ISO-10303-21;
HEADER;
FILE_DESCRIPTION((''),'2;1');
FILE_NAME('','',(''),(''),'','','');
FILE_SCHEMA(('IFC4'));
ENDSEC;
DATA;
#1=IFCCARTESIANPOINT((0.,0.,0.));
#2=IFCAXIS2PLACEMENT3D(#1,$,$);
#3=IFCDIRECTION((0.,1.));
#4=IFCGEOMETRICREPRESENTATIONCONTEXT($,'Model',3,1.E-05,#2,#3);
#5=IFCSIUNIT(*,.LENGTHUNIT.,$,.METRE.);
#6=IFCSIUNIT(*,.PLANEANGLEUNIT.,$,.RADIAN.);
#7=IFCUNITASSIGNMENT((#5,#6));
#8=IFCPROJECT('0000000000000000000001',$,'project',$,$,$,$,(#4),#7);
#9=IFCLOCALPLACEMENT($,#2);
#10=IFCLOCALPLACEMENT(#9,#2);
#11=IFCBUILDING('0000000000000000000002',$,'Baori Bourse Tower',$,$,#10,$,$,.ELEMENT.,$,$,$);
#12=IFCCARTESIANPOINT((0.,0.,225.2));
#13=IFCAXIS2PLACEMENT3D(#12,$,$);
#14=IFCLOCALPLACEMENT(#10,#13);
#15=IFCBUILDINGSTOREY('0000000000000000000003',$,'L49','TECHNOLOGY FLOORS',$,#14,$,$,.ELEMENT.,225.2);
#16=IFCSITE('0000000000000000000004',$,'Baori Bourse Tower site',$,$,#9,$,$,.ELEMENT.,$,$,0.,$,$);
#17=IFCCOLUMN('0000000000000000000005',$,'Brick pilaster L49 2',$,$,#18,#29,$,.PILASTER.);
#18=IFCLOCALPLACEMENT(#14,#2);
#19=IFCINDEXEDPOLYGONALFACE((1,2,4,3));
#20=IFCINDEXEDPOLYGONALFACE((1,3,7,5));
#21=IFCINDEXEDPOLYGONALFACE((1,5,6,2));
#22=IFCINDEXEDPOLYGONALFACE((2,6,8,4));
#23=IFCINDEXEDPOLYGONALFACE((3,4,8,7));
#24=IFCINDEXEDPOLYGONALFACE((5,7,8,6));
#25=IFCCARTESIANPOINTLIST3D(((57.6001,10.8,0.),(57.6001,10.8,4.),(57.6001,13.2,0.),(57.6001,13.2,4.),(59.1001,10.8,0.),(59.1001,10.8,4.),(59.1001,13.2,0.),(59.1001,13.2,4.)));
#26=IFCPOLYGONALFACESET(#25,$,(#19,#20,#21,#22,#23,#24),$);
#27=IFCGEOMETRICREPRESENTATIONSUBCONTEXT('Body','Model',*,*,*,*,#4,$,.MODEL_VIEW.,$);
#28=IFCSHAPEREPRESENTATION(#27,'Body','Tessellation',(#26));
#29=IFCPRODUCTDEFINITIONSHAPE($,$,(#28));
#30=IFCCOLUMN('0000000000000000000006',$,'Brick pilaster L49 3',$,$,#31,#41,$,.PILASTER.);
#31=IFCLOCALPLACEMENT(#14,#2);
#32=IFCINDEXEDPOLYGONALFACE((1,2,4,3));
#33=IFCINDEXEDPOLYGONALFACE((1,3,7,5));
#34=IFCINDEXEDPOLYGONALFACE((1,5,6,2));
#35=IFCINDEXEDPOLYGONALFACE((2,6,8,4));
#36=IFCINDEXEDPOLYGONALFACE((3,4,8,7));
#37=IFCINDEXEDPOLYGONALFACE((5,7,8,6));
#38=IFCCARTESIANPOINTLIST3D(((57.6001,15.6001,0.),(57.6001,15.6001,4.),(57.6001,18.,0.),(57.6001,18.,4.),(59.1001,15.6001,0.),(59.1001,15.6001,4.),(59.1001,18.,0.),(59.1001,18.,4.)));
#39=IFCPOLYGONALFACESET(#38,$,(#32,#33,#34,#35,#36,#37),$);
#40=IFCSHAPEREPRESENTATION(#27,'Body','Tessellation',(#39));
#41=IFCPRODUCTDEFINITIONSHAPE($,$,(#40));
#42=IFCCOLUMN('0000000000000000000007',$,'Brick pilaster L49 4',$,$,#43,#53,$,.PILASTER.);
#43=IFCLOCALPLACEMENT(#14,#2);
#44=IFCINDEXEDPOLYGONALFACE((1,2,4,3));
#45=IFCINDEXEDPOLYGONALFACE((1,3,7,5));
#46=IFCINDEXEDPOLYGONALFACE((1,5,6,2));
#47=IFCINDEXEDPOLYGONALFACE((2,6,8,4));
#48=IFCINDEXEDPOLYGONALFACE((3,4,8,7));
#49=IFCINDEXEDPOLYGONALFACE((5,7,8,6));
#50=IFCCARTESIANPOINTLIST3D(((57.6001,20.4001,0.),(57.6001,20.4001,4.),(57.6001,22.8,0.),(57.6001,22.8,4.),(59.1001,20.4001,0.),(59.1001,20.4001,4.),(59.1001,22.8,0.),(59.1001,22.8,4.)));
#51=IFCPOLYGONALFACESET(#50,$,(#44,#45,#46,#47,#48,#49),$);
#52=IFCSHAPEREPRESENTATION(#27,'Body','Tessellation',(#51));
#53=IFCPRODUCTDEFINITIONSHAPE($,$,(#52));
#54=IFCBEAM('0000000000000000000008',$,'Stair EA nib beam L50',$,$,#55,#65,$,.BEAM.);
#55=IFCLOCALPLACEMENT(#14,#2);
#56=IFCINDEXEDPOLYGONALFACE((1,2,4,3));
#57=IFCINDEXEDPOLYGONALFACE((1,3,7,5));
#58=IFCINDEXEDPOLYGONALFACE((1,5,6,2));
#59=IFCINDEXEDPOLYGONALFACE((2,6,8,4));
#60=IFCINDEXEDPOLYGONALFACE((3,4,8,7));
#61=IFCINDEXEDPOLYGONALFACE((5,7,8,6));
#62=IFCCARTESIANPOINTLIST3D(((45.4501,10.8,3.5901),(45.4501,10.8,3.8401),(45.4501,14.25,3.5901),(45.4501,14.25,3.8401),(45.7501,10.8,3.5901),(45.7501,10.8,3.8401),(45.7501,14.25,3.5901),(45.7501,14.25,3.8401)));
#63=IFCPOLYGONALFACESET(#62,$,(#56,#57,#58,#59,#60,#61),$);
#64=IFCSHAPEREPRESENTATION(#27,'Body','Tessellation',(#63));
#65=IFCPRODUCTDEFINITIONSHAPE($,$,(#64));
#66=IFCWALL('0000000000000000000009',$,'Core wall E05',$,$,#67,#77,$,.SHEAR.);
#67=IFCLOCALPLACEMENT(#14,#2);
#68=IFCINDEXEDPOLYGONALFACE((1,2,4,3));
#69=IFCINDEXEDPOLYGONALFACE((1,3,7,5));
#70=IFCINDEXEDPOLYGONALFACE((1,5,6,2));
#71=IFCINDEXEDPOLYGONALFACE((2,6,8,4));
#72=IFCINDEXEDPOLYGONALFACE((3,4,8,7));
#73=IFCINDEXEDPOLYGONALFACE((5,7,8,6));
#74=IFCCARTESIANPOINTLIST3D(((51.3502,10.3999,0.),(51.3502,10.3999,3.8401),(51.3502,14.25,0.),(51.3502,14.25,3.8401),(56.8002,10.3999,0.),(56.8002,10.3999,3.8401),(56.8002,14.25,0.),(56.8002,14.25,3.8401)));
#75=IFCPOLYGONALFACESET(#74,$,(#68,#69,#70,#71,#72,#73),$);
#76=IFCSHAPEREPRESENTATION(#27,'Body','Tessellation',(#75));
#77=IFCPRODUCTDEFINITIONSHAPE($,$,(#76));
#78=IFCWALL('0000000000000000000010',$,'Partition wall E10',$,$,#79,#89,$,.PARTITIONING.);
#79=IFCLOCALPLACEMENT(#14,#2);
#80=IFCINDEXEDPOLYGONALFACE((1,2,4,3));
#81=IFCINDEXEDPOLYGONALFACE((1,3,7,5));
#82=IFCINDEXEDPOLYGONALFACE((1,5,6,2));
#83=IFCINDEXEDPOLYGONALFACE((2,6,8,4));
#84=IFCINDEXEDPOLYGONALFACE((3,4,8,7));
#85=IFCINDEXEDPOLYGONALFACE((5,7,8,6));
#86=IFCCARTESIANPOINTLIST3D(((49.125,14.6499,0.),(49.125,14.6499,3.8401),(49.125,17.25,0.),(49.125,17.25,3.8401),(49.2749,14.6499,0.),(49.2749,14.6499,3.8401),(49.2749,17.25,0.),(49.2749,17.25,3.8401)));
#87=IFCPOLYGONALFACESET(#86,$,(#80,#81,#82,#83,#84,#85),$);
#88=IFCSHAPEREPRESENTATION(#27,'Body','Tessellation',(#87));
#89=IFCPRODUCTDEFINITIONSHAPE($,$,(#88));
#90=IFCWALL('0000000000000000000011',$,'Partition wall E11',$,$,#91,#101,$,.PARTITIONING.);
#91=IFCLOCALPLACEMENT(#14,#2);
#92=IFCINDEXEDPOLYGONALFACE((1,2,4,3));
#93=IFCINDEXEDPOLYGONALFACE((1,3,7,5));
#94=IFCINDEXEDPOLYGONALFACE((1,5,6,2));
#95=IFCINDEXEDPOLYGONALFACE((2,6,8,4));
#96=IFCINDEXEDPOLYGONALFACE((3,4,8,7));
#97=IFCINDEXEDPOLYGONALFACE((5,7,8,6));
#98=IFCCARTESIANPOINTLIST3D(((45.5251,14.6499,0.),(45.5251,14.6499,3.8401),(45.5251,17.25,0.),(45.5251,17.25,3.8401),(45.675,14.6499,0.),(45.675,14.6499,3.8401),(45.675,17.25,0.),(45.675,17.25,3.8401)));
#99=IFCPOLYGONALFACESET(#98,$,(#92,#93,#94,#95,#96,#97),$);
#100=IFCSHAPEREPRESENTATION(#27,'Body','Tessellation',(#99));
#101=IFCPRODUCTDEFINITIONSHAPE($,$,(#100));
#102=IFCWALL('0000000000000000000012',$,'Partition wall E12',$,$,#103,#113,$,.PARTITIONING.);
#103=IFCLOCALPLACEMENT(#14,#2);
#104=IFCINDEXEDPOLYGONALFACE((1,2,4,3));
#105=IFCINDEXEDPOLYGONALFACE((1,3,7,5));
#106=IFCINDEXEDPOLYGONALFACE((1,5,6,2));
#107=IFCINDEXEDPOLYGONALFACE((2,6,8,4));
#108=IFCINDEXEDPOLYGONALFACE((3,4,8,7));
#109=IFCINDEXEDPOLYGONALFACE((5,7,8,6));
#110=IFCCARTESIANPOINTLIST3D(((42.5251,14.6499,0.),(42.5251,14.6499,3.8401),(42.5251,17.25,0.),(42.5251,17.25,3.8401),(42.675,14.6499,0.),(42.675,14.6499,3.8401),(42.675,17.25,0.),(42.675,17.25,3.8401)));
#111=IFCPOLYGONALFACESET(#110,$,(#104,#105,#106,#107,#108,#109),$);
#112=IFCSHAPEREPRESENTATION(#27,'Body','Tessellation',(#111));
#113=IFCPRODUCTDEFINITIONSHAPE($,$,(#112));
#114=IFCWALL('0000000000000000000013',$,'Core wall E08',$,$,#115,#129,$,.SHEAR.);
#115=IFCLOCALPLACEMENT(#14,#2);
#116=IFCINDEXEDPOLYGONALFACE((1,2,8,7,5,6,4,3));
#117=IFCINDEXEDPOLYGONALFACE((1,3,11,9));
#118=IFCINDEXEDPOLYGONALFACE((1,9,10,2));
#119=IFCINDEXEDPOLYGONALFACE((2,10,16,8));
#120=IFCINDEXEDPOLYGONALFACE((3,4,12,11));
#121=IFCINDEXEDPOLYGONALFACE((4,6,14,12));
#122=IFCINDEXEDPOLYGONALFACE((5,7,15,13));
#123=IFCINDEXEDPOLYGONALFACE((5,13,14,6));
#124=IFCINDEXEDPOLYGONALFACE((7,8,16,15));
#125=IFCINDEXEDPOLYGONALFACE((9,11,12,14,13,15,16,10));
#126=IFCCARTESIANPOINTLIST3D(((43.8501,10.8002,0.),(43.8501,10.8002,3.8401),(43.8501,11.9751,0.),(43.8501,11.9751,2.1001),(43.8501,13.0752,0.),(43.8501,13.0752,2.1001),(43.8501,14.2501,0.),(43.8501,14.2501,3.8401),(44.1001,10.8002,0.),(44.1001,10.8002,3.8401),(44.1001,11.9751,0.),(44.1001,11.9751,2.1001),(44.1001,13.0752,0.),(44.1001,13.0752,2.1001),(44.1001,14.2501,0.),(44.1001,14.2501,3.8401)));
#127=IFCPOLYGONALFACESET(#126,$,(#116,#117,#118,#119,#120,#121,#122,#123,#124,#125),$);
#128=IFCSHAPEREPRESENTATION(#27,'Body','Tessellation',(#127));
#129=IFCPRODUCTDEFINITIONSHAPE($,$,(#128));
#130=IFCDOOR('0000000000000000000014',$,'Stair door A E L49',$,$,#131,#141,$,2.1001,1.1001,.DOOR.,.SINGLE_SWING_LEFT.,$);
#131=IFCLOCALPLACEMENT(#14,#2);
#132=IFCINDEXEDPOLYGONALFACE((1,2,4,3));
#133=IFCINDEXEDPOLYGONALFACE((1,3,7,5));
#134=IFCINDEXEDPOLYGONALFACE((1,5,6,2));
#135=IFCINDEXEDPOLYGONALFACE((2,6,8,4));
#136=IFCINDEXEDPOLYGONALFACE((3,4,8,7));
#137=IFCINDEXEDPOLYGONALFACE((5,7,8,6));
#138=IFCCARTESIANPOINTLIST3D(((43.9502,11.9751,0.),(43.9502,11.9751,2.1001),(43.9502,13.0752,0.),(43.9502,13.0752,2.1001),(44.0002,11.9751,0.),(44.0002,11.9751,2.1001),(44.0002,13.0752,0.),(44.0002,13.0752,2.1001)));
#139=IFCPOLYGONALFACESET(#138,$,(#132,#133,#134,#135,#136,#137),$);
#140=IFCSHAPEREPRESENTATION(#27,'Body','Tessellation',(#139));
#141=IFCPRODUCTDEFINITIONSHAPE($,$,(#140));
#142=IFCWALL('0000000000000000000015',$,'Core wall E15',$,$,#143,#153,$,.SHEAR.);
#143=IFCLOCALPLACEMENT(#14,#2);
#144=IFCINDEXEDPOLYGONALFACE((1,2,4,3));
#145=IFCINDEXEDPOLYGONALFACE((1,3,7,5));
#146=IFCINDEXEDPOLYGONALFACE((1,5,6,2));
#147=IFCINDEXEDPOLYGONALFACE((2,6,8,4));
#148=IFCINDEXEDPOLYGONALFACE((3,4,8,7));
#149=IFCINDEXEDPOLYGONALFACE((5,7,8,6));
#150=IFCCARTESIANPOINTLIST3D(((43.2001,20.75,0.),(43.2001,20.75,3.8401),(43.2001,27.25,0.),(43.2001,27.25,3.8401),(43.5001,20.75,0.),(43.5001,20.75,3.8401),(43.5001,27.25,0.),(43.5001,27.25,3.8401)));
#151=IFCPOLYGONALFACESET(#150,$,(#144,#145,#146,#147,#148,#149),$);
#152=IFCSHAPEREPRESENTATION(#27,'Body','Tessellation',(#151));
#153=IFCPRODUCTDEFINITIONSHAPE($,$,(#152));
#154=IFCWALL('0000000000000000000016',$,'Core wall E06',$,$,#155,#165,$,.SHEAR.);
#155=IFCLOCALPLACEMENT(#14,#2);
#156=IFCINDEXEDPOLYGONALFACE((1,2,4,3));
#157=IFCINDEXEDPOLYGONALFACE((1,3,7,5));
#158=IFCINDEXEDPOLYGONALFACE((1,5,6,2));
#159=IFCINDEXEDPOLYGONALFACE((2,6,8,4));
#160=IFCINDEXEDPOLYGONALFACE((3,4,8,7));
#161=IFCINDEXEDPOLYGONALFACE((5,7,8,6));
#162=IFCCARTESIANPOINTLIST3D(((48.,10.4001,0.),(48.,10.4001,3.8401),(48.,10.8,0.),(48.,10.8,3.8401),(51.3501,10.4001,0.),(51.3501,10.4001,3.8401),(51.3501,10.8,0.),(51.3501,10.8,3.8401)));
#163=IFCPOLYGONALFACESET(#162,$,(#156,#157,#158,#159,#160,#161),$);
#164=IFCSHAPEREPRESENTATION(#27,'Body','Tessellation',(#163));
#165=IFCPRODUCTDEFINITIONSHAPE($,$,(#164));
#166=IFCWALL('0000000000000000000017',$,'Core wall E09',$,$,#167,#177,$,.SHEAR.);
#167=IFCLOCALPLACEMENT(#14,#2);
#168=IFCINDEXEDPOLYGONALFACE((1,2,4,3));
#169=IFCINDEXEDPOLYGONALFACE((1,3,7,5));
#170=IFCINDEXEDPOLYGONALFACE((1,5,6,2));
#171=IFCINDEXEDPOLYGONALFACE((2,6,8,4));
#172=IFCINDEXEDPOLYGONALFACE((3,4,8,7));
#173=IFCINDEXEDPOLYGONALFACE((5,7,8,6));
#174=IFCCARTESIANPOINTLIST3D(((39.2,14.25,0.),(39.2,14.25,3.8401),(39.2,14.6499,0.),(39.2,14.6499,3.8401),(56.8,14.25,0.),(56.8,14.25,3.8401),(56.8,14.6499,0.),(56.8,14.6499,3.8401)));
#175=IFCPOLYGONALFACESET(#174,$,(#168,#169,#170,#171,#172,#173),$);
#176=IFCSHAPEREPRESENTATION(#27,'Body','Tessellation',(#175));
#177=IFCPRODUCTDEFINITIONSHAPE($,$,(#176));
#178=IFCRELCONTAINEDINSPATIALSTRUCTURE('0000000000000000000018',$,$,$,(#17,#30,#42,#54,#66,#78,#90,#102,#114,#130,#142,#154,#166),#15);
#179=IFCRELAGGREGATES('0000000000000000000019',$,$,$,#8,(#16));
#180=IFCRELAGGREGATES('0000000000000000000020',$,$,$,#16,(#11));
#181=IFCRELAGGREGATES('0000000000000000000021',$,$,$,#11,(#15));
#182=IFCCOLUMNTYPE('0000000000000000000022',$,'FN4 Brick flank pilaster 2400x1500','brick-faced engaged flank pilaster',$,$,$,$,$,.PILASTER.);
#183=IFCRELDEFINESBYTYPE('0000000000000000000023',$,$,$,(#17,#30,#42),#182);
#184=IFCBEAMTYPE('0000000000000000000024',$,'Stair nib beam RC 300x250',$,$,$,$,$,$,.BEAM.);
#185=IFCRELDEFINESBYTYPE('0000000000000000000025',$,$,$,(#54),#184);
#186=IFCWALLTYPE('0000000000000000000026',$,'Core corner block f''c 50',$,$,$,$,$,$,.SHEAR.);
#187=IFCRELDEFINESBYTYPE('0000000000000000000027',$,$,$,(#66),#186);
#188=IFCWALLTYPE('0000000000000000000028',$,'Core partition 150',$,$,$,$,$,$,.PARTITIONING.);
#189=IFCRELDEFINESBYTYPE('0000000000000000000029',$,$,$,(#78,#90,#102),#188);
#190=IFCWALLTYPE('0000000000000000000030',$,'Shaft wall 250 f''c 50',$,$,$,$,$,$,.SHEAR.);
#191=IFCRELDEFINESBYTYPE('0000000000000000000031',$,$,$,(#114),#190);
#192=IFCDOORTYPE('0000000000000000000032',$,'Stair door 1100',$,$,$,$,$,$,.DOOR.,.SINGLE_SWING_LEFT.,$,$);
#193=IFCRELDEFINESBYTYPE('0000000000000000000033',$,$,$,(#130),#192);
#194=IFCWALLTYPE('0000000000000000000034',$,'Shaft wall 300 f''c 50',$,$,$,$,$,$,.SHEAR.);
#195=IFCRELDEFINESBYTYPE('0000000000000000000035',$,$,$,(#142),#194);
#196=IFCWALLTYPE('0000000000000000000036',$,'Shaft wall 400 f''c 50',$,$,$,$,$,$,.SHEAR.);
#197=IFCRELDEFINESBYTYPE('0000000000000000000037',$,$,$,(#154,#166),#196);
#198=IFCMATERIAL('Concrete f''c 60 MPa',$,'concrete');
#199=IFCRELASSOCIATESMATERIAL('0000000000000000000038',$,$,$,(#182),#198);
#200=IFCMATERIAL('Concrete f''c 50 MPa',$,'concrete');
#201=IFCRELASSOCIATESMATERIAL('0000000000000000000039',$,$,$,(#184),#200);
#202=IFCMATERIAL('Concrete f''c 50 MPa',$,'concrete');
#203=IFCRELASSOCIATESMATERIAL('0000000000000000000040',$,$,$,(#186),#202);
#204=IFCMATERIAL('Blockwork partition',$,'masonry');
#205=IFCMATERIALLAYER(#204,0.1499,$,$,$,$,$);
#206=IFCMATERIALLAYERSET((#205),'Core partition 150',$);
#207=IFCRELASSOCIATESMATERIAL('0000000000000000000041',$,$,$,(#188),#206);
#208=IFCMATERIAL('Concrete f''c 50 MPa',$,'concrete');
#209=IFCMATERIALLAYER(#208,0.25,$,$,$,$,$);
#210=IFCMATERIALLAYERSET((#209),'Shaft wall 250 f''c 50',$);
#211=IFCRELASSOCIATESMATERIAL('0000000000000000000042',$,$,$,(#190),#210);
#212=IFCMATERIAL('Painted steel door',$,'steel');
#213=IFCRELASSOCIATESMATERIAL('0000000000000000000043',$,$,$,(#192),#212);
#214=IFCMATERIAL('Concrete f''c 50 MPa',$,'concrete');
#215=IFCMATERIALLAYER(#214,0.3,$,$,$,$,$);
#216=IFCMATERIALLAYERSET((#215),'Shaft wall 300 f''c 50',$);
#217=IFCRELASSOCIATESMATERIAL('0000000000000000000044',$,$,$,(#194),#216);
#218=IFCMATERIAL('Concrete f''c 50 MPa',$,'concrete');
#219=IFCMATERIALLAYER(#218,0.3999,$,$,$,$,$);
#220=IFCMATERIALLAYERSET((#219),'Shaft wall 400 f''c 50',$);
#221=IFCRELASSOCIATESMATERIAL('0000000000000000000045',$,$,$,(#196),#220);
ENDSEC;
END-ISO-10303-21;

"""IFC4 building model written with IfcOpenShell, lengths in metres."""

from ifc_helpers import new_model, si_unit, direction, frame, frame_2d, origin, origin_2d, place, context, subcontext, project, spatial, rectangle, extrude, material, layer, layer_set, material_profile, profile_set, type_object, element, fill, save


model = new_model("IFC4")

# Units and contexts
model_context = context("Model", 3, precision=1e-05, world=origin(), true_north=direction((0.0, 1.0)))
body_context = subcontext(model_context, "Body", "Model", "MODEL_VIEW")
ifc_project = project(units=[si_unit("LENGTHUNIT", "METRE"), si_unit("PLANEANGLEUNIT", "RADIAN")], contexts=[model_context])

# Site, building, storey
site_placement = place(None, origin())
site = spatial("IfcSite", under=ifc_project, at=site_placement, Name="Baori Bourse Tower site", CompositionType="ELEMENT", RefElevation=0.0)
building_placement = place(site_placement, origin())
building = spatial("IfcBuilding", under=site, at=building_placement, Name="Baori Bourse Tower", CompositionType="ELEMENT")
storey_placement = place(building_placement, frame((0.0, 0.0, 225.2)))
storey = spatial("IfcBuildingStorey", under=building, at=storey_placement, Name="L49", Description="TECHNOLOGY FLOORS", CompositionType="ELEMENT", Elevation=225.2)

# Columns
ifc_material_1 = material(Name="Concrete f'c 60 MPa", Category="concrete")
ifc_material_profile_1 = material_profile(ifc_material_1, rectangle(XDim=2.3999, YDim=1.5, at=origin_2d()), Name="RC 2400x1500")
ifc_profile_set_1 = profile_set([ifc_material_profile_1], Name="Concrete f'c 60 MPa")
column_type = type_object("IfcColumnType", Name="FN4 Brick flank pilaster 2400x1500", Description="brick-faced engaged flank pilaster", PredefinedType="PILASTER", material=ifc_profile_set_1)
for number, where, z_axis, x_axis, name in (
    (1, (58.3501, 12.0, 0.0), (0.0, 0.0, 1.0), (0.0, 1.0, 0.0), "Brick pilaster L49 2"),
    (2, (58.3501, 16.8, 0.0), (0.0, 0.0, 1.0), (0.0, 1.0, 0.0), "Brick pilaster L49 3"),
    (3, (58.3501, 21.6001, 0.0), (0.0, 0.0, 1.0), (0.0, 1.0, 0.0), "Brick pilaster L49 4"),
):
    element("IfcColumn", number, at=place(storey_placement, frame(where, z_axis=z_axis, x_axis=x_axis)), inside=storey, type_object=column_type, Name=name, PredefinedType="PILASTER", context=body_context, shape_type="SweptSolid", body=[
        extrude(rectangle(XDim=2.3999, YDim=1.5, at=origin_2d()), origin(), (0.0, 0.0, 1.0), 4.0),
    ])

# Beam
ifc_material_2 = material(Name="Concrete f'c 50 MPa", Category="concrete")
ifc_material_profile_2 = material_profile(ifc_material_2, rectangle(XDim=0.3, YDim=0.25, at=origin_2d()), Name="RC 300x250")
ifc_profile_set_2 = profile_set([ifc_material_profile_2], Name="Concrete f'c 50 MPa")
beam_type = type_object("IfcBeamType", Name="Stair nib beam RC 300x250", PredefinedType="BEAM", material=ifc_profile_set_2)
beam_placement = place(storey_placement, frame((45.6001, 10.8, 3.7151), z_axis=(0.0, 1.0, 0.0), x_axis=(-1.0, 0.0, 0.0)))
element("IfcBeam", 4, at=beam_placement, inside=storey, type_object=beam_type, Name="Stair EA nib beam L50", PredefinedType="BEAM", context=body_context, shape_type="SweptSolid", body=[
    extrude(rectangle(XDim=0.3, YDim=0.25, at=origin_2d()), origin(), (0.0, 0.0, 1.0), 3.45),
])

# Walls
ifc_material_3 = material(Name="Concrete f'c 50 MPa", Category="concrete")
wall_type_1 = type_object("IfcWallType", Name="Core corner block f'c 50", PredefinedType="SHEAR", material=ifc_material_3)
wall_1_placement = place(storey_placement, frame((51.3501, 12.325, 0.0), z_axis=(0.0, 0.0, 1.0), x_axis=(1.0, 0.0, 0.0)))
element("IfcWall", 5, at=wall_1_placement, inside=storey, type_object=wall_type_1, Name="Core wall E05", PredefinedType="SHEAR", context=body_context, shape_type="SweptSolid", body=[
    extrude(rectangle(XDim=5.45, YDim=3.8501, at=frame_2d((2.7251, 0.0))), origin(), (0.0, 0.0, 1.0), 3.8401),
])
ifc_material_4 = material(Name="Blockwork partition", Category="masonry")
ifc_layer_1 = layer(ifc_material_4, 0.1499)
ifc_layer_set_1 = layer_set([ifc_layer_1], Name="Core partition 150")
wall_type_2 = type_object("IfcWallType", Name="Core partition 150", PredefinedType="PARTITIONING", material=ifc_layer_set_1)
for number, where, z_axis, x_axis, name in (
    (6, (49.2, 14.6499, 0.0), (0.0, 0.0, 1.0), (0.0, 1.0, 0.0), "Partition wall E10"),
    (7, (45.6001, 14.6499, 0.0), (0.0, 0.0, 1.0), (0.0, 1.0, 0.0), "Partition wall E11"),
    (8, (42.6001, 14.6499, 0.0), (0.0, 0.0, 1.0), (0.0, 1.0, 0.0), "Partition wall E12"),
):
    element("IfcWall", number, at=place(storey_placement, frame(where, z_axis=z_axis, x_axis=x_axis)), inside=storey, type_object=wall_type_2, Name=name, PredefinedType="PARTITIONING", context=body_context, shape_type="SweptSolid", body=[
        extrude(rectangle(XDim=2.6001, YDim=0.1499, at=frame_2d((1.3, 0.0))), origin(), (0.0, 0.0, 1.0), 3.8401),
    ])

# Wall, opening, door
ifc_material_5 = material(Name="Concrete f'c 50 MPa", Category="concrete")
ifc_layer_2 = layer(ifc_material_5, 0.25)
ifc_layer_set_2 = layer_set([ifc_layer_2], Name="Shaft wall 250 f'c 50")
wall_type_3 = type_object("IfcWallType", Name="Shaft wall 250 f'c 50", PredefinedType="SHEAR", material=ifc_layer_set_2)
wall_2_placement = place(storey_placement, frame((43.9751, 10.8, 0.0), z_axis=(0.0, 0.0, 1.0), x_axis=(0.0, 1.0, 0.0)))
wall_2 = element("IfcWall", 9, at=wall_2_placement, inside=storey, type_object=wall_type_3, Name="Core wall E08", PredefinedType="SHEAR", context=body_context, shape_type="SweptSolid", body=[
    extrude(rectangle(XDim=3.45, YDim=0.25, at=frame_2d((1.7251, 0.0))), origin(), (0.0, 0.0, 1.0), 3.8401),
])
opening_1_placement = place(wall_2_placement, frame((1.175, 0.0, 0.0)))
opening_1 = element("IfcOpeningElement", 10, at=opening_1_placement, cuts=wall_2, PredefinedType="OPENING", context=body_context, shape_type="SweptSolid", body=[
    extrude(rectangle(XDim=1.1001, YDim=2.1001, at=frame_2d((0.55, 1.05))), frame((0.0, 0.135, 0.0), z_axis=(0.0, -1.0, 0.0), x_axis=(1.0, 0.0, 0.0)), (0.0, 0.0, 1.0), 0.27),
])
ifc_material_6 = material(Name="Painted steel door", Category="steel")
door_type_1 = type_object("IfcDoorType", Name="Stair door 1100", OperationType="SINGLE_SWING_LEFT", PredefinedType="DOOR", material=ifc_material_6)
door_1_placement = place(opening_1_placement, origin())
door_1 = element("IfcDoor", 11, at=door_1_placement, inside=storey, type_object=door_type_1, Name="Stair door A E L49", OperationType="SINGLE_SWING_LEFT", OverallHeight=2.1001, OverallWidth=1.1001, PredefinedType="DOOR", context=body_context, shape_type="SweptSolid", body=[
    extrude(rectangle(XDim=1.1001, YDim=2.1001, at=frame_2d((0.55, 1.05))), frame((0.0, 0.0249, 0.0), z_axis=(0.0, -1.0, 0.0), x_axis=(1.0, 0.0, 0.0)), (0.0, 0.0, 1.0), 0.05),
])
fill(opening_1, door_1)

# Walls
ifc_material_7 = material(Name="Concrete f'c 50 MPa", Category="concrete")
ifc_layer_3 = layer(ifc_material_7, 0.3)
ifc_layer_set_3 = layer_set([ifc_layer_3], Name="Shaft wall 300 f'c 50")
wall_type_4 = type_object("IfcWallType", Name="Shaft wall 300 f'c 50", PredefinedType="SHEAR", material=ifc_layer_set_3)
wall_3_placement = place(storey_placement, frame((43.3501, 20.75, 0.0), z_axis=(0.0, 0.0, 1.0), x_axis=(0.0, 1.0, 0.0)))
element("IfcWall", 12, at=wall_3_placement, inside=storey, type_object=wall_type_4, Name="Core wall E15", PredefinedType="SHEAR", context=body_context, shape_type="SweptSolid", body=[
    extrude(rectangle(XDim=6.5, YDim=0.3, at=frame_2d((3.25, 0.0))), origin(), (0.0, 0.0, 1.0), 3.8401),
])
ifc_material_8 = material(Name="Concrete f'c 50 MPa", Category="concrete")
ifc_layer_4 = layer(ifc_material_8, 0.3999)
ifc_layer_set_4 = layer_set([ifc_layer_4], Name="Shaft wall 400 f'c 50")
wall_type_5 = type_object("IfcWallType", Name="Shaft wall 400 f'c 50", PredefinedType="SHEAR", material=ifc_layer_set_4)
wall_4_placement = place(storey_placement, frame((48.0, 10.6001, 0.0), z_axis=(0.0, 0.0, 1.0), x_axis=(1.0, 0.0, 0.0)))
element("IfcWall", 13, at=wall_4_placement, inside=storey, type_object=wall_type_5, Name="Core wall E06", PredefinedType="SHEAR", context=body_context, shape_type="SweptSolid", body=[
    extrude(rectangle(XDim=3.3501, YDim=0.3999, at=frame_2d((1.675, 0.0))), origin(), (0.0, 0.0, 1.0), 3.8401),
])
wall_5_placement = place(storey_placement, frame((39.2, 14.45, 0.0), z_axis=(0.0, 0.0, 1.0), x_axis=(1.0, 0.0, 0.0)))
element("IfcWall", 14, at=wall_5_placement, inside=storey, type_object=wall_type_5, Name="Core wall E09", PredefinedType="SHEAR", context=body_context, shape_type="SweptSolid", body=[
    extrude(rectangle(XDim=17.6001, YDim=0.3999, at=frame_2d((8.8, 0.0))), origin(), (0.0, 0.0, 1.0), 3.8401),
])

save(model, "model.ifc")
